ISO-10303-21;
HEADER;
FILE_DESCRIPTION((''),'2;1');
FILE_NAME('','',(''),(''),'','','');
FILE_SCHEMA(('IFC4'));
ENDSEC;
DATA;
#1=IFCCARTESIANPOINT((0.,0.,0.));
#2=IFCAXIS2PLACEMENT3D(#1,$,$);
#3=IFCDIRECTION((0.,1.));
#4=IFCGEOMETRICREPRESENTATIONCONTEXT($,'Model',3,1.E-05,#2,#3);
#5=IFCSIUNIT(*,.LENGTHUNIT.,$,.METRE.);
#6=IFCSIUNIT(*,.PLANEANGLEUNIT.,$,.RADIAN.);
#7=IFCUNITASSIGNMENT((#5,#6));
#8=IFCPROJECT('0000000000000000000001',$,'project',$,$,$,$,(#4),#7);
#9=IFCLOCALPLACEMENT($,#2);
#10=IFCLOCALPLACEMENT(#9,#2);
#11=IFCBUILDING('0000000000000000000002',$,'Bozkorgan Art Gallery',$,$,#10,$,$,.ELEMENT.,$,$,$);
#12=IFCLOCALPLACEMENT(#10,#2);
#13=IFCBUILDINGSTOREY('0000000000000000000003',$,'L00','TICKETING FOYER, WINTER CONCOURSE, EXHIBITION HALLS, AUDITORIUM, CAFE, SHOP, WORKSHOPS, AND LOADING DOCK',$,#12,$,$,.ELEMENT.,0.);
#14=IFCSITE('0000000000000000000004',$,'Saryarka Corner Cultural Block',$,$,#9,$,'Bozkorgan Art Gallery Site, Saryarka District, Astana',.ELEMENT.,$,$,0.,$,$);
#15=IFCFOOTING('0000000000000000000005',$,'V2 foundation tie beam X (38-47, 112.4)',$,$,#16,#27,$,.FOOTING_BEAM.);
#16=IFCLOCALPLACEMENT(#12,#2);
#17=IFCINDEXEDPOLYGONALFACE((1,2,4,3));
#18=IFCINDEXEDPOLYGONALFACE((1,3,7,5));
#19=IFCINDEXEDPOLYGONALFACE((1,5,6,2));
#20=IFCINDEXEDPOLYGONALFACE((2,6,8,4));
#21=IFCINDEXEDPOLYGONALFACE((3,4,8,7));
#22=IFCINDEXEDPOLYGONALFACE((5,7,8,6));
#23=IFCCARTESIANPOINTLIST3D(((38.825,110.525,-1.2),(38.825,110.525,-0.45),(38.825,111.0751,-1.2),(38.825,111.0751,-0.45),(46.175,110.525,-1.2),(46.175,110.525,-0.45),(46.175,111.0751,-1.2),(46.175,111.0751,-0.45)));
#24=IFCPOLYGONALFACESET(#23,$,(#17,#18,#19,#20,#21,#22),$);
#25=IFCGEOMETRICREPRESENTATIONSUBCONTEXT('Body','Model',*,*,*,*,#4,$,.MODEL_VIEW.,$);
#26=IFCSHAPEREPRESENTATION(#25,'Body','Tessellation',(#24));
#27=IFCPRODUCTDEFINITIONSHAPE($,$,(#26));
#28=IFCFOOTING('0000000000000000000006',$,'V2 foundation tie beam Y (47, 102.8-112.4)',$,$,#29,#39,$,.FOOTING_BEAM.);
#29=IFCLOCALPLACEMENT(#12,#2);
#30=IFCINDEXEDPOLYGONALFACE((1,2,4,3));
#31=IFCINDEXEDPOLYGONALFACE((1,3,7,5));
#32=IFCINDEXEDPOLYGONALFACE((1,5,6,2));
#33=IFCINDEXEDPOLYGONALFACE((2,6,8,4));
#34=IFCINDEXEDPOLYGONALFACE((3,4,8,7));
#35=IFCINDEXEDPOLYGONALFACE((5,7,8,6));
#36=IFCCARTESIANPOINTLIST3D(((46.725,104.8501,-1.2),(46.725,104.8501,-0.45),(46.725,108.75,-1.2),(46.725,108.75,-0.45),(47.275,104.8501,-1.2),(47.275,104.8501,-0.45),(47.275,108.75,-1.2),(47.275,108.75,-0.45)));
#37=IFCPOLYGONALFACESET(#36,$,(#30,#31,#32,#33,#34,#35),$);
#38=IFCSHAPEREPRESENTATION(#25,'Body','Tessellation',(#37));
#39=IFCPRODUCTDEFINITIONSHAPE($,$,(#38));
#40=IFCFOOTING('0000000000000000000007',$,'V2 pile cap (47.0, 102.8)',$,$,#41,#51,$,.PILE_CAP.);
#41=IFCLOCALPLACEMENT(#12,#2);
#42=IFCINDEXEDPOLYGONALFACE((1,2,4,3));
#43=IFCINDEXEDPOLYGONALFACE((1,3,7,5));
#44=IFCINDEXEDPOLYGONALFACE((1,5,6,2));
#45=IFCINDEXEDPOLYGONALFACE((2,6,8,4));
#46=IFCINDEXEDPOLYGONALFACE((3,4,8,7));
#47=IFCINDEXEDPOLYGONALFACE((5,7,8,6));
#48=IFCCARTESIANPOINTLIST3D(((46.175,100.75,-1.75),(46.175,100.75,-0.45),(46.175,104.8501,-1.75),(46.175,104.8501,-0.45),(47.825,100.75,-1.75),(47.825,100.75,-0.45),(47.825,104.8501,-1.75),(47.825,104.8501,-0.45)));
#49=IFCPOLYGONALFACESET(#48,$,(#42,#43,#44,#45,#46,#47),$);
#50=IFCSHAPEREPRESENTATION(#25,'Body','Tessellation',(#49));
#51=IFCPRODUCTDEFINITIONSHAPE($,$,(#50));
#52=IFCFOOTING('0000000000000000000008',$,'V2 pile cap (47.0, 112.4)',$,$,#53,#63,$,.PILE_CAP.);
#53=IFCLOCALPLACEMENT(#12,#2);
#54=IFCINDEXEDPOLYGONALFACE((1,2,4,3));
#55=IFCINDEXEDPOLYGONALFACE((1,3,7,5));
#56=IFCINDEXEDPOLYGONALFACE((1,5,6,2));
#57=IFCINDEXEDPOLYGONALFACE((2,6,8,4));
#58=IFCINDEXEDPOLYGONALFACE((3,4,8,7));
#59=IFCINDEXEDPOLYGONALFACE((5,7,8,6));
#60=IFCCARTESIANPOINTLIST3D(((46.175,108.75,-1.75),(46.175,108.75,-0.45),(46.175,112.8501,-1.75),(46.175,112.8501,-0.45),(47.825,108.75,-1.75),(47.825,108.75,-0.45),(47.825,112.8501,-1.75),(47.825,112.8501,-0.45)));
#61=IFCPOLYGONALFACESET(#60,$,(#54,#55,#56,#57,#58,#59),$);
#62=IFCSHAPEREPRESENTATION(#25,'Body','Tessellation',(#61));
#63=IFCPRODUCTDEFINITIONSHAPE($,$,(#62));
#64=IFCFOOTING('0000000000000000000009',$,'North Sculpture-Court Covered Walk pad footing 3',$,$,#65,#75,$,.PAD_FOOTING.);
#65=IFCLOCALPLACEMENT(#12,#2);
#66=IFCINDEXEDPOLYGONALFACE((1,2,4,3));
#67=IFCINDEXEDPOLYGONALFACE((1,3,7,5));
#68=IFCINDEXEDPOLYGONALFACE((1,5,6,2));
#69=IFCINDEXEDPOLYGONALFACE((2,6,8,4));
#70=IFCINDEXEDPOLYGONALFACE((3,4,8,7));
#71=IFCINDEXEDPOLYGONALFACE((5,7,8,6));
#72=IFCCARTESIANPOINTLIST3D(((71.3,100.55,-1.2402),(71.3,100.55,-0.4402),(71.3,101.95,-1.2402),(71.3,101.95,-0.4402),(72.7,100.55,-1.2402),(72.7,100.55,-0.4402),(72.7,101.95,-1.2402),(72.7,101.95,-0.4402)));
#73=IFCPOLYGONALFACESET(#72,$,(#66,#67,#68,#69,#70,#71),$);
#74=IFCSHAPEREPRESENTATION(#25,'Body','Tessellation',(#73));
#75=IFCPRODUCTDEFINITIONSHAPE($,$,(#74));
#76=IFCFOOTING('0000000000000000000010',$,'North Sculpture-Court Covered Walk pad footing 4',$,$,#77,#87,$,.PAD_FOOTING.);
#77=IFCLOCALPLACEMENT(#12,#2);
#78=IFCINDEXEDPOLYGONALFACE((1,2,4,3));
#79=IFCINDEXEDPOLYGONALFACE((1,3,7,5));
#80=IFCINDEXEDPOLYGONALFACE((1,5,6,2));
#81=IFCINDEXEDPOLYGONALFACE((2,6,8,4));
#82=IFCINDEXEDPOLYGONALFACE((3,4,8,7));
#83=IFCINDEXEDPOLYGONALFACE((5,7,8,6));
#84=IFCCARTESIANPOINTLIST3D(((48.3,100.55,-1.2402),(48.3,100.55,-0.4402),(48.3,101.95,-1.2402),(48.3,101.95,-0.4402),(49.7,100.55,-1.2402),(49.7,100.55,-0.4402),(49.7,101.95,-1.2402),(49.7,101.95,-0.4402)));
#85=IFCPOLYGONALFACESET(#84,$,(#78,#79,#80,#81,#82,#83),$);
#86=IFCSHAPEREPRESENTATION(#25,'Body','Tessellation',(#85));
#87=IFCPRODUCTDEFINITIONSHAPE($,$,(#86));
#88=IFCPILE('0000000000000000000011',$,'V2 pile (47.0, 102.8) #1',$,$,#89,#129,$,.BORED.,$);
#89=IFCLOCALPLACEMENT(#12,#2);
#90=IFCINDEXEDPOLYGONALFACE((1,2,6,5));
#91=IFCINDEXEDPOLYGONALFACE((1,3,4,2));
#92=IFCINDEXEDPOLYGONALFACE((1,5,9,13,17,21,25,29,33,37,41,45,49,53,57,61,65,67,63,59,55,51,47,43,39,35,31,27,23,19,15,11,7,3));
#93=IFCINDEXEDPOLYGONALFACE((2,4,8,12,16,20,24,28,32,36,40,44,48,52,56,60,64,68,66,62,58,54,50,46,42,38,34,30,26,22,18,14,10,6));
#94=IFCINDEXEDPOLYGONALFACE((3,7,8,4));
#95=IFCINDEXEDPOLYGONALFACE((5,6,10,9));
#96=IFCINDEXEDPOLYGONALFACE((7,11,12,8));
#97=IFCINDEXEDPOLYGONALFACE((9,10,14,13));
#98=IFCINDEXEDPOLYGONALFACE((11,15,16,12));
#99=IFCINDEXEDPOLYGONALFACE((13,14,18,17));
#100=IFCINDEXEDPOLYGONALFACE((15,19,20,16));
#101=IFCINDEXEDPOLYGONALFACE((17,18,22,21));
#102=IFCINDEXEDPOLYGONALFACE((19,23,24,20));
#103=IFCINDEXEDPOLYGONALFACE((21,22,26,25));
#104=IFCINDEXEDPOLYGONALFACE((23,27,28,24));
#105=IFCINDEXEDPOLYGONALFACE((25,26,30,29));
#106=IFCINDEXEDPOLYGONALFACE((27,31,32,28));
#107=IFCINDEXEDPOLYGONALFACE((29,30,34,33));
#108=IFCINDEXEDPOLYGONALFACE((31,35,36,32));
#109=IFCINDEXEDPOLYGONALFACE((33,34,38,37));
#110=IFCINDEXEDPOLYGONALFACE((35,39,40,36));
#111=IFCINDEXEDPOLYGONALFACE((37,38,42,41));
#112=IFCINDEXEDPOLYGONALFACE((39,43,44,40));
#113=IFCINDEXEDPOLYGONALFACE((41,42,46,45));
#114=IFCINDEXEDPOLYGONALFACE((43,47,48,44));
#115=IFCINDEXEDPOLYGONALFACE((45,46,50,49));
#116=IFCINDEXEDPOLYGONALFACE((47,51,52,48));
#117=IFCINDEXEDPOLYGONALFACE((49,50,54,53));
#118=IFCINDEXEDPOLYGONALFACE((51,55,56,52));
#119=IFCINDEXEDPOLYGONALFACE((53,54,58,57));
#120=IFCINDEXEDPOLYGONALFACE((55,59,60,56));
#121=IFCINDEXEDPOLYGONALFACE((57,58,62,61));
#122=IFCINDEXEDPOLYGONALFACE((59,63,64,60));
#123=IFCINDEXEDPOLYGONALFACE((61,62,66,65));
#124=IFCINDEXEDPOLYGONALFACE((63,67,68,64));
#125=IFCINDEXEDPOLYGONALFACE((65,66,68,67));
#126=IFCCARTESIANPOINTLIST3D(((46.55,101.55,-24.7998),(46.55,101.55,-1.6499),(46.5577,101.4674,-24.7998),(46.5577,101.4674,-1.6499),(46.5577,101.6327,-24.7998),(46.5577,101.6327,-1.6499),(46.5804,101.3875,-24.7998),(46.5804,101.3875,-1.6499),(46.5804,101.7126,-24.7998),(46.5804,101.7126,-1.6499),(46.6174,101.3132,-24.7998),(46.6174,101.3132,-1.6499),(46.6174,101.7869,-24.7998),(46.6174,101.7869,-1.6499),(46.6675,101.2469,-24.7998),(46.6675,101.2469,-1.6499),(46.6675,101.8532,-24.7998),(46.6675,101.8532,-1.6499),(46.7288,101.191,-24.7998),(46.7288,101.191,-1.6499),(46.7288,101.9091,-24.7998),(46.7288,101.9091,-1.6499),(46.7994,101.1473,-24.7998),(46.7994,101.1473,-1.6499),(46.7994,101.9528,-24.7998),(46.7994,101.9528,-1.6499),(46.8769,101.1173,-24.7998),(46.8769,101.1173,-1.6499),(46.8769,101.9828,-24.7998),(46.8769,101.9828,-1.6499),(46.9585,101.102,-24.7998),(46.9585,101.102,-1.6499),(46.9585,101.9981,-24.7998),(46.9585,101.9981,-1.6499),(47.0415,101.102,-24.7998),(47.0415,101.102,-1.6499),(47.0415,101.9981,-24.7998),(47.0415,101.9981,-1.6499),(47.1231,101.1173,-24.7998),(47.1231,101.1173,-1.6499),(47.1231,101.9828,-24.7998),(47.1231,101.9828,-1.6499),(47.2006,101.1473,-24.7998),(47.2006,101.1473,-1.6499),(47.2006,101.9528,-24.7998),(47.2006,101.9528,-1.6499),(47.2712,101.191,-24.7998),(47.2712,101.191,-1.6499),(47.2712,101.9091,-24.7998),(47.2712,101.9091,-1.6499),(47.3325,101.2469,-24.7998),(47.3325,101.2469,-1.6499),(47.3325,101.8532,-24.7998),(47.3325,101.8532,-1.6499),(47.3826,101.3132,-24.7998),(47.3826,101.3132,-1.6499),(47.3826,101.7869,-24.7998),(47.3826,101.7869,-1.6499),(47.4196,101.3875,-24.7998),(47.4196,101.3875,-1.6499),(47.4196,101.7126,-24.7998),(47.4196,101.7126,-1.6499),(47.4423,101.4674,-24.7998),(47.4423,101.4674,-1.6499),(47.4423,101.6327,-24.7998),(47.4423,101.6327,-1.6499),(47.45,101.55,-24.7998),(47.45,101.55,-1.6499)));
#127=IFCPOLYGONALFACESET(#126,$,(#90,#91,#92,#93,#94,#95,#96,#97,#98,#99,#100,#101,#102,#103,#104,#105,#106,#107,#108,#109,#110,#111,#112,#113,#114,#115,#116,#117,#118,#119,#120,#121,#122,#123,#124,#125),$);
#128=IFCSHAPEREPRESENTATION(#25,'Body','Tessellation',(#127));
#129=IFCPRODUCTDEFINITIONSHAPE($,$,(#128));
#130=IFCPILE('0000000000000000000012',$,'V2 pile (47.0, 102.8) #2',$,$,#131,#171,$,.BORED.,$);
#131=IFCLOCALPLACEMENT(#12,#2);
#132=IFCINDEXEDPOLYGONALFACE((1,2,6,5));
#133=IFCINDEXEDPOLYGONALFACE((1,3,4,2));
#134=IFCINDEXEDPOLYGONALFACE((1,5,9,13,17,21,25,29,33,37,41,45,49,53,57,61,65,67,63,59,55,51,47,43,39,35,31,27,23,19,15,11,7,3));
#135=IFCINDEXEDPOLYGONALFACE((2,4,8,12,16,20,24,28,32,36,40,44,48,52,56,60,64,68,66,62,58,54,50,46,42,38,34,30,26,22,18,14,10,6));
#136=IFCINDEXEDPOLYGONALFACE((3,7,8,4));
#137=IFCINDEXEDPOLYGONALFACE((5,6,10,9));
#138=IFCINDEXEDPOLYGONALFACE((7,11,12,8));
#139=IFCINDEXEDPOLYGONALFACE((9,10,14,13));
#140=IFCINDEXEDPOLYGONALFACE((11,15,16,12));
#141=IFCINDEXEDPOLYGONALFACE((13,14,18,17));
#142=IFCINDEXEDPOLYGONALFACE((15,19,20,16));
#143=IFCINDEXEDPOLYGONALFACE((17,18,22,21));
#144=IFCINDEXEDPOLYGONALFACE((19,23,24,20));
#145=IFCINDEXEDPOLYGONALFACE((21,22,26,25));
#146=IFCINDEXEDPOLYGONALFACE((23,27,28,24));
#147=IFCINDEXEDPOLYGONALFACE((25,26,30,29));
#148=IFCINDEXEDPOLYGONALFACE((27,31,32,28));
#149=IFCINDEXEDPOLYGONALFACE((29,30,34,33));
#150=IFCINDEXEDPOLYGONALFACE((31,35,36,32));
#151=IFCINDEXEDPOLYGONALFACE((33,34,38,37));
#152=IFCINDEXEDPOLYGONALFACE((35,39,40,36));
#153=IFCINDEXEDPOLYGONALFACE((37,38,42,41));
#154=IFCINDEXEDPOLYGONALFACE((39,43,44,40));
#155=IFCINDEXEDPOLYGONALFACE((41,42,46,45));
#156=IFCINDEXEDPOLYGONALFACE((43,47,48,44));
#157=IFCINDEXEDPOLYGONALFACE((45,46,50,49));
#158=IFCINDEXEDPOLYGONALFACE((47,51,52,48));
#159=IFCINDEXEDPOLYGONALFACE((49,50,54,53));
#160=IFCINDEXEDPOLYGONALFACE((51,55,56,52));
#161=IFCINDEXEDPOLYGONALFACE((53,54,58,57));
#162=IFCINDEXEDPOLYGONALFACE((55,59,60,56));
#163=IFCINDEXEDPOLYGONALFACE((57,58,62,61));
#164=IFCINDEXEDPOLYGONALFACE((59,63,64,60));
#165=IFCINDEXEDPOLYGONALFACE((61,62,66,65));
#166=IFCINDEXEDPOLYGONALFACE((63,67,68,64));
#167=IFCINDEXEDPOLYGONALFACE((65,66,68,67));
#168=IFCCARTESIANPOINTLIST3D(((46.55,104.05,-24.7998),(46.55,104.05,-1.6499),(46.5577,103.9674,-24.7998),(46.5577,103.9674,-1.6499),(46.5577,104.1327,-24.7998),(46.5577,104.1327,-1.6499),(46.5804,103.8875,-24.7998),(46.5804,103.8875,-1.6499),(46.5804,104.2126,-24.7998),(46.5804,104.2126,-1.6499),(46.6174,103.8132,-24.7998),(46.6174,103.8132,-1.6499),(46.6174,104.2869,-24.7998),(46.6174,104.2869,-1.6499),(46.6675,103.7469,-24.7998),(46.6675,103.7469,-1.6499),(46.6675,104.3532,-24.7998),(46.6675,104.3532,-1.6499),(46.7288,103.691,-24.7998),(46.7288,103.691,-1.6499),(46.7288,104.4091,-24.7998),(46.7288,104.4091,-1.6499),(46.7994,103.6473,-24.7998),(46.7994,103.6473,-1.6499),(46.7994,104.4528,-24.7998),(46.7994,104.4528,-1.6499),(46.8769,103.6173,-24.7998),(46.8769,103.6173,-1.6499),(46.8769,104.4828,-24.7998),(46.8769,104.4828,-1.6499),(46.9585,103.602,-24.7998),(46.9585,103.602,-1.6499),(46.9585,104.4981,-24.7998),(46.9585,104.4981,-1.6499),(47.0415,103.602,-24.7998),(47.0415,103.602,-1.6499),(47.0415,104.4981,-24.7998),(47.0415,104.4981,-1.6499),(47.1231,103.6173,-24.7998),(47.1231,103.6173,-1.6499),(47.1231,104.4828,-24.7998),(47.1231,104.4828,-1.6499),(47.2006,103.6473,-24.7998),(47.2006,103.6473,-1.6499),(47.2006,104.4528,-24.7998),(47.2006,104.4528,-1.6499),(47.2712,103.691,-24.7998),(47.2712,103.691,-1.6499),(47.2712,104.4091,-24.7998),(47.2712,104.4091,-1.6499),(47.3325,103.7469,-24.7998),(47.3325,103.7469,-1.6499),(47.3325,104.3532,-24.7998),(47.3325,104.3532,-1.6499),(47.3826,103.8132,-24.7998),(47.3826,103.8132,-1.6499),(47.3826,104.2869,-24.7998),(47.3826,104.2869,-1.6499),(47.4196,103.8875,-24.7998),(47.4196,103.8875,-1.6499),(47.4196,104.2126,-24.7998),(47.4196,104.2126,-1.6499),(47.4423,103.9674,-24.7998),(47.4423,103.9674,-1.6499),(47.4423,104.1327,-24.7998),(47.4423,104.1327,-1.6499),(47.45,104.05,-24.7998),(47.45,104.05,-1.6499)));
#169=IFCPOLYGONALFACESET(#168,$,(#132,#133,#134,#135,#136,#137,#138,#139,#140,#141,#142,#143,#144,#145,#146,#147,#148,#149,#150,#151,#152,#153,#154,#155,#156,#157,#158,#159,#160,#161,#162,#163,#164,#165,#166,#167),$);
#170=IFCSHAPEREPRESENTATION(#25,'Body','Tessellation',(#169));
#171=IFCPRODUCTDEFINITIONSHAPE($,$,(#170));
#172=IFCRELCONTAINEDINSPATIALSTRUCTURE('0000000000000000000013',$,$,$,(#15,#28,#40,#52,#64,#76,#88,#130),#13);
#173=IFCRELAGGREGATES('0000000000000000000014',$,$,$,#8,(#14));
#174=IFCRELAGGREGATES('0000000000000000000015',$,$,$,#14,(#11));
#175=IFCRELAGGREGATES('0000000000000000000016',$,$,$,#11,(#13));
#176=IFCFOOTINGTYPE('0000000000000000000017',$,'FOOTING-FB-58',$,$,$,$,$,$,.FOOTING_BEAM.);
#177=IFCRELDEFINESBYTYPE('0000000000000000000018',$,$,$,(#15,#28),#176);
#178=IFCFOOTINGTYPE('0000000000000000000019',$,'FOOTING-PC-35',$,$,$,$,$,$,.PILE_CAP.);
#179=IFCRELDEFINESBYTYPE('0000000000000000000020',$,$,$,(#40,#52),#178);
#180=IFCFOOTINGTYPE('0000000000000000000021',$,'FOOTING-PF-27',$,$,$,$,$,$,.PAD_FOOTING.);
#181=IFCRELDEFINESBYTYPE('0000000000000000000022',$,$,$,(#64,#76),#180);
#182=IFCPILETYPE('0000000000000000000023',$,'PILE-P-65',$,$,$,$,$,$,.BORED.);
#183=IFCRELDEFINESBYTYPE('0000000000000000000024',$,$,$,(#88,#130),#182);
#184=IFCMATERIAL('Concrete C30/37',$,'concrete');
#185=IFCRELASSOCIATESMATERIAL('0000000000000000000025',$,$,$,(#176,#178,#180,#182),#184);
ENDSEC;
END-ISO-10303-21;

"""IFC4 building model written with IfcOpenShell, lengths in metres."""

from ifc_helpers import new_model, si_unit, direction, frame, origin, origin_2d, place, context, subcontext, project, spatial, rectangle, circle, extrude, material, material_profile, profile_set, type_object, element, save


model = new_model("IFC4")

# Units and contexts
model_context = context("Model", 3, precision=1e-05, world=origin(), true_north=direction((0.0, 1.0)))
body_context = subcontext(model_context, "Body", "Model", "MODEL_VIEW")
ifc_project = project(units=[si_unit("LENGTHUNIT", "METRE"), si_unit("PLANEANGLEUNIT", "RADIAN")], contexts=[model_context])

# Site, building, storey
site_placement = place(None, origin())
site = spatial("IfcSite", under=ifc_project, at=site_placement, Name="Saryarka Corner Cultural Block", LongName="Bozkorgan Art Gallery Site, Saryarka District, Astana", CompositionType="ELEMENT", RefElevation=0.0)
building_placement = place(site_placement, origin())
building = spatial("IfcBuilding", under=site, at=building_placement, Name="Bozkorgan Art Gallery", CompositionType="ELEMENT")
storey_placement = place(building_placement, origin())
storey = spatial("IfcBuildingStorey", under=building, at=storey_placement, Name="L00", Description="TICKETING FOYER, WINTER CONCOURSE, EXHIBITION HALLS, AUDITORIUM, CAFE, SHOP, WORKSHOPS, AND LOADING DOCK", CompositionType="ELEMENT", Elevation=0.0)

# Footings
ifc_material_1 = material(Name="Concrete C30/37", Category="concrete")
ifc_material_profile_1 = material_profile(ifc_material_1, rectangle(XDim=0.55, YDim=0.75, at=origin_2d()), Name="FND 550x750")
ifc_profile_set_1 = profile_set([ifc_material_profile_1], Name="Concrete C30/37")
footing_type_1 = type_object("IfcFootingType", Name="FOOTING-FB-58", PredefinedType="FOOTING_BEAM", material=ifc_profile_set_1)
footing_1_placement = place(storey_placement, frame((38.825, 110.8, -0.825), z_axis=(1.0, 0.0, 0.0), x_axis=(0.0, 1.0, 0.0)))
element("IfcFooting", 1, at=footing_1_placement, inside=storey, type_object=footing_type_1, Name="V2 foundation tie beam X (38-47, 112.4)", PredefinedType="FOOTING_BEAM", context=body_context, shape_type="SweptSolid", body=[
    extrude(rectangle(XDim=0.55, YDim=0.75, at=origin_2d()), origin(), (0.0, 0.0, 1.0), 7.3501),
])
footing_2_placement = place(storey_placement, frame((47.0, 104.8501, -0.825), z_axis=(0.0, 1.0, 0.0), x_axis=(-1.0, 0.0, 0.0)))
element("IfcFooting", 2, at=footing_2_placement, inside=storey, type_object=footing_type_1, Name="V2 foundation tie beam Y (47, 102.8-112.4)", PredefinedType="FOOTING_BEAM", context=body_context, shape_type="SweptSolid", body=[
    extrude(rectangle(XDim=0.55, YDim=0.75, at=origin_2d()), origin(), (0.0, 0.0, 1.0), 3.8999),
])
footing_type_2 = type_object("IfcFootingType", Name="FOOTING-PC-35", PredefinedType="PILE_CAP", material=ifc_material_1)
for number, where, z_axis, x_axis, name in (
    (3, (47.0, 102.8, -1.75), (0.0, 0.0, 1.0), (1.0, 0.0, 0.0), "V2 pile cap (47.0, 102.8)"),
    (4, (47.0, 110.8, -1.75), (0.0, 0.0, 1.0), (1.0, 0.0, 0.0), "V2 pile cap (47.0, 112.4)"),
):
    element("IfcFooting", number, at=place(storey_placement, frame(where, z_axis=z_axis, x_axis=x_axis)), inside=storey, type_object=footing_type_2, Name=name, PredefinedType="PILE_CAP", context=body_context, shape_type="SweptSolid", body=[
        extrude(rectangle(XDim=1.6499, YDim=4.1001, at=origin_2d()), origin(), (0.0, 0.0, 1.0), 1.3),
    ])
footing_type_3 = type_object("IfcFootingType", Name="FOOTING-PF-27", PredefinedType="PAD_FOOTING", material=ifc_material_1)
for number, where, z_axis, x_axis, name in (
    (5, (72.0, 101.25, -1.2402), (0.0, 0.0, 1.0), (1.0, 0.0, 0.0), "North Sculpture-Court Covered Walk pad footing 3"),
    (6, (49.0, 101.25, -1.2402), (0.0, 0.0, 1.0), (1.0, 0.0, 0.0), "North Sculpture-Court Covered Walk pad footing 4"),
):
    element("IfcFooting", number, at=place(storey_placement, frame(where, z_axis=z_axis, x_axis=x_axis)), inside=storey, type_object=footing_type_3, Name=name, PredefinedType="PAD_FOOTING", context=body_context, shape_type="SweptSolid", body=[
        extrude(rectangle(XDim=1.3999, YDim=1.3999, at=origin_2d()), origin(), (0.0, 0.0, 1.0), 0.8),
    ])

# Piles
ifc_material_profile_2 = material_profile(ifc_material_1, circle(Radius=0.45, at=origin_2d()), Name="PILE D900")
ifc_profile_set_2 = profile_set([ifc_material_profile_2], Name="Concrete C30/37")
pile_type = type_object("IfcPileType", Name="PILE-P-65", PredefinedType="BORED", material=ifc_profile_set_2)
for number, where, z_axis, x_axis, name in (
    (7, (47.0, 101.55, -1.6499), (0.0, 0.0, -1.0), (1.0, 0.0, 0.0), "V2 pile (47.0, 102.8) #1"),
    (8, (47.0, 104.05, -1.6499), (0.0, 0.0, -1.0), (1.0, 0.0, 0.0), "V2 pile (47.0, 102.8) #2"),
):
    element("IfcPile", number, at=place(storey_placement, frame(where, z_axis=z_axis, x_axis=x_axis)), inside=storey, type_object=pile_type, Name=name, PredefinedType="BORED", context=body_context, shape_type="SweptSolid", body=[
        extrude(circle(Radius=0.45, at=origin_2d()), origin(), (0.0, 0.0, 1.0), 23.1499),
    ])

save(model, "model.ifc")
